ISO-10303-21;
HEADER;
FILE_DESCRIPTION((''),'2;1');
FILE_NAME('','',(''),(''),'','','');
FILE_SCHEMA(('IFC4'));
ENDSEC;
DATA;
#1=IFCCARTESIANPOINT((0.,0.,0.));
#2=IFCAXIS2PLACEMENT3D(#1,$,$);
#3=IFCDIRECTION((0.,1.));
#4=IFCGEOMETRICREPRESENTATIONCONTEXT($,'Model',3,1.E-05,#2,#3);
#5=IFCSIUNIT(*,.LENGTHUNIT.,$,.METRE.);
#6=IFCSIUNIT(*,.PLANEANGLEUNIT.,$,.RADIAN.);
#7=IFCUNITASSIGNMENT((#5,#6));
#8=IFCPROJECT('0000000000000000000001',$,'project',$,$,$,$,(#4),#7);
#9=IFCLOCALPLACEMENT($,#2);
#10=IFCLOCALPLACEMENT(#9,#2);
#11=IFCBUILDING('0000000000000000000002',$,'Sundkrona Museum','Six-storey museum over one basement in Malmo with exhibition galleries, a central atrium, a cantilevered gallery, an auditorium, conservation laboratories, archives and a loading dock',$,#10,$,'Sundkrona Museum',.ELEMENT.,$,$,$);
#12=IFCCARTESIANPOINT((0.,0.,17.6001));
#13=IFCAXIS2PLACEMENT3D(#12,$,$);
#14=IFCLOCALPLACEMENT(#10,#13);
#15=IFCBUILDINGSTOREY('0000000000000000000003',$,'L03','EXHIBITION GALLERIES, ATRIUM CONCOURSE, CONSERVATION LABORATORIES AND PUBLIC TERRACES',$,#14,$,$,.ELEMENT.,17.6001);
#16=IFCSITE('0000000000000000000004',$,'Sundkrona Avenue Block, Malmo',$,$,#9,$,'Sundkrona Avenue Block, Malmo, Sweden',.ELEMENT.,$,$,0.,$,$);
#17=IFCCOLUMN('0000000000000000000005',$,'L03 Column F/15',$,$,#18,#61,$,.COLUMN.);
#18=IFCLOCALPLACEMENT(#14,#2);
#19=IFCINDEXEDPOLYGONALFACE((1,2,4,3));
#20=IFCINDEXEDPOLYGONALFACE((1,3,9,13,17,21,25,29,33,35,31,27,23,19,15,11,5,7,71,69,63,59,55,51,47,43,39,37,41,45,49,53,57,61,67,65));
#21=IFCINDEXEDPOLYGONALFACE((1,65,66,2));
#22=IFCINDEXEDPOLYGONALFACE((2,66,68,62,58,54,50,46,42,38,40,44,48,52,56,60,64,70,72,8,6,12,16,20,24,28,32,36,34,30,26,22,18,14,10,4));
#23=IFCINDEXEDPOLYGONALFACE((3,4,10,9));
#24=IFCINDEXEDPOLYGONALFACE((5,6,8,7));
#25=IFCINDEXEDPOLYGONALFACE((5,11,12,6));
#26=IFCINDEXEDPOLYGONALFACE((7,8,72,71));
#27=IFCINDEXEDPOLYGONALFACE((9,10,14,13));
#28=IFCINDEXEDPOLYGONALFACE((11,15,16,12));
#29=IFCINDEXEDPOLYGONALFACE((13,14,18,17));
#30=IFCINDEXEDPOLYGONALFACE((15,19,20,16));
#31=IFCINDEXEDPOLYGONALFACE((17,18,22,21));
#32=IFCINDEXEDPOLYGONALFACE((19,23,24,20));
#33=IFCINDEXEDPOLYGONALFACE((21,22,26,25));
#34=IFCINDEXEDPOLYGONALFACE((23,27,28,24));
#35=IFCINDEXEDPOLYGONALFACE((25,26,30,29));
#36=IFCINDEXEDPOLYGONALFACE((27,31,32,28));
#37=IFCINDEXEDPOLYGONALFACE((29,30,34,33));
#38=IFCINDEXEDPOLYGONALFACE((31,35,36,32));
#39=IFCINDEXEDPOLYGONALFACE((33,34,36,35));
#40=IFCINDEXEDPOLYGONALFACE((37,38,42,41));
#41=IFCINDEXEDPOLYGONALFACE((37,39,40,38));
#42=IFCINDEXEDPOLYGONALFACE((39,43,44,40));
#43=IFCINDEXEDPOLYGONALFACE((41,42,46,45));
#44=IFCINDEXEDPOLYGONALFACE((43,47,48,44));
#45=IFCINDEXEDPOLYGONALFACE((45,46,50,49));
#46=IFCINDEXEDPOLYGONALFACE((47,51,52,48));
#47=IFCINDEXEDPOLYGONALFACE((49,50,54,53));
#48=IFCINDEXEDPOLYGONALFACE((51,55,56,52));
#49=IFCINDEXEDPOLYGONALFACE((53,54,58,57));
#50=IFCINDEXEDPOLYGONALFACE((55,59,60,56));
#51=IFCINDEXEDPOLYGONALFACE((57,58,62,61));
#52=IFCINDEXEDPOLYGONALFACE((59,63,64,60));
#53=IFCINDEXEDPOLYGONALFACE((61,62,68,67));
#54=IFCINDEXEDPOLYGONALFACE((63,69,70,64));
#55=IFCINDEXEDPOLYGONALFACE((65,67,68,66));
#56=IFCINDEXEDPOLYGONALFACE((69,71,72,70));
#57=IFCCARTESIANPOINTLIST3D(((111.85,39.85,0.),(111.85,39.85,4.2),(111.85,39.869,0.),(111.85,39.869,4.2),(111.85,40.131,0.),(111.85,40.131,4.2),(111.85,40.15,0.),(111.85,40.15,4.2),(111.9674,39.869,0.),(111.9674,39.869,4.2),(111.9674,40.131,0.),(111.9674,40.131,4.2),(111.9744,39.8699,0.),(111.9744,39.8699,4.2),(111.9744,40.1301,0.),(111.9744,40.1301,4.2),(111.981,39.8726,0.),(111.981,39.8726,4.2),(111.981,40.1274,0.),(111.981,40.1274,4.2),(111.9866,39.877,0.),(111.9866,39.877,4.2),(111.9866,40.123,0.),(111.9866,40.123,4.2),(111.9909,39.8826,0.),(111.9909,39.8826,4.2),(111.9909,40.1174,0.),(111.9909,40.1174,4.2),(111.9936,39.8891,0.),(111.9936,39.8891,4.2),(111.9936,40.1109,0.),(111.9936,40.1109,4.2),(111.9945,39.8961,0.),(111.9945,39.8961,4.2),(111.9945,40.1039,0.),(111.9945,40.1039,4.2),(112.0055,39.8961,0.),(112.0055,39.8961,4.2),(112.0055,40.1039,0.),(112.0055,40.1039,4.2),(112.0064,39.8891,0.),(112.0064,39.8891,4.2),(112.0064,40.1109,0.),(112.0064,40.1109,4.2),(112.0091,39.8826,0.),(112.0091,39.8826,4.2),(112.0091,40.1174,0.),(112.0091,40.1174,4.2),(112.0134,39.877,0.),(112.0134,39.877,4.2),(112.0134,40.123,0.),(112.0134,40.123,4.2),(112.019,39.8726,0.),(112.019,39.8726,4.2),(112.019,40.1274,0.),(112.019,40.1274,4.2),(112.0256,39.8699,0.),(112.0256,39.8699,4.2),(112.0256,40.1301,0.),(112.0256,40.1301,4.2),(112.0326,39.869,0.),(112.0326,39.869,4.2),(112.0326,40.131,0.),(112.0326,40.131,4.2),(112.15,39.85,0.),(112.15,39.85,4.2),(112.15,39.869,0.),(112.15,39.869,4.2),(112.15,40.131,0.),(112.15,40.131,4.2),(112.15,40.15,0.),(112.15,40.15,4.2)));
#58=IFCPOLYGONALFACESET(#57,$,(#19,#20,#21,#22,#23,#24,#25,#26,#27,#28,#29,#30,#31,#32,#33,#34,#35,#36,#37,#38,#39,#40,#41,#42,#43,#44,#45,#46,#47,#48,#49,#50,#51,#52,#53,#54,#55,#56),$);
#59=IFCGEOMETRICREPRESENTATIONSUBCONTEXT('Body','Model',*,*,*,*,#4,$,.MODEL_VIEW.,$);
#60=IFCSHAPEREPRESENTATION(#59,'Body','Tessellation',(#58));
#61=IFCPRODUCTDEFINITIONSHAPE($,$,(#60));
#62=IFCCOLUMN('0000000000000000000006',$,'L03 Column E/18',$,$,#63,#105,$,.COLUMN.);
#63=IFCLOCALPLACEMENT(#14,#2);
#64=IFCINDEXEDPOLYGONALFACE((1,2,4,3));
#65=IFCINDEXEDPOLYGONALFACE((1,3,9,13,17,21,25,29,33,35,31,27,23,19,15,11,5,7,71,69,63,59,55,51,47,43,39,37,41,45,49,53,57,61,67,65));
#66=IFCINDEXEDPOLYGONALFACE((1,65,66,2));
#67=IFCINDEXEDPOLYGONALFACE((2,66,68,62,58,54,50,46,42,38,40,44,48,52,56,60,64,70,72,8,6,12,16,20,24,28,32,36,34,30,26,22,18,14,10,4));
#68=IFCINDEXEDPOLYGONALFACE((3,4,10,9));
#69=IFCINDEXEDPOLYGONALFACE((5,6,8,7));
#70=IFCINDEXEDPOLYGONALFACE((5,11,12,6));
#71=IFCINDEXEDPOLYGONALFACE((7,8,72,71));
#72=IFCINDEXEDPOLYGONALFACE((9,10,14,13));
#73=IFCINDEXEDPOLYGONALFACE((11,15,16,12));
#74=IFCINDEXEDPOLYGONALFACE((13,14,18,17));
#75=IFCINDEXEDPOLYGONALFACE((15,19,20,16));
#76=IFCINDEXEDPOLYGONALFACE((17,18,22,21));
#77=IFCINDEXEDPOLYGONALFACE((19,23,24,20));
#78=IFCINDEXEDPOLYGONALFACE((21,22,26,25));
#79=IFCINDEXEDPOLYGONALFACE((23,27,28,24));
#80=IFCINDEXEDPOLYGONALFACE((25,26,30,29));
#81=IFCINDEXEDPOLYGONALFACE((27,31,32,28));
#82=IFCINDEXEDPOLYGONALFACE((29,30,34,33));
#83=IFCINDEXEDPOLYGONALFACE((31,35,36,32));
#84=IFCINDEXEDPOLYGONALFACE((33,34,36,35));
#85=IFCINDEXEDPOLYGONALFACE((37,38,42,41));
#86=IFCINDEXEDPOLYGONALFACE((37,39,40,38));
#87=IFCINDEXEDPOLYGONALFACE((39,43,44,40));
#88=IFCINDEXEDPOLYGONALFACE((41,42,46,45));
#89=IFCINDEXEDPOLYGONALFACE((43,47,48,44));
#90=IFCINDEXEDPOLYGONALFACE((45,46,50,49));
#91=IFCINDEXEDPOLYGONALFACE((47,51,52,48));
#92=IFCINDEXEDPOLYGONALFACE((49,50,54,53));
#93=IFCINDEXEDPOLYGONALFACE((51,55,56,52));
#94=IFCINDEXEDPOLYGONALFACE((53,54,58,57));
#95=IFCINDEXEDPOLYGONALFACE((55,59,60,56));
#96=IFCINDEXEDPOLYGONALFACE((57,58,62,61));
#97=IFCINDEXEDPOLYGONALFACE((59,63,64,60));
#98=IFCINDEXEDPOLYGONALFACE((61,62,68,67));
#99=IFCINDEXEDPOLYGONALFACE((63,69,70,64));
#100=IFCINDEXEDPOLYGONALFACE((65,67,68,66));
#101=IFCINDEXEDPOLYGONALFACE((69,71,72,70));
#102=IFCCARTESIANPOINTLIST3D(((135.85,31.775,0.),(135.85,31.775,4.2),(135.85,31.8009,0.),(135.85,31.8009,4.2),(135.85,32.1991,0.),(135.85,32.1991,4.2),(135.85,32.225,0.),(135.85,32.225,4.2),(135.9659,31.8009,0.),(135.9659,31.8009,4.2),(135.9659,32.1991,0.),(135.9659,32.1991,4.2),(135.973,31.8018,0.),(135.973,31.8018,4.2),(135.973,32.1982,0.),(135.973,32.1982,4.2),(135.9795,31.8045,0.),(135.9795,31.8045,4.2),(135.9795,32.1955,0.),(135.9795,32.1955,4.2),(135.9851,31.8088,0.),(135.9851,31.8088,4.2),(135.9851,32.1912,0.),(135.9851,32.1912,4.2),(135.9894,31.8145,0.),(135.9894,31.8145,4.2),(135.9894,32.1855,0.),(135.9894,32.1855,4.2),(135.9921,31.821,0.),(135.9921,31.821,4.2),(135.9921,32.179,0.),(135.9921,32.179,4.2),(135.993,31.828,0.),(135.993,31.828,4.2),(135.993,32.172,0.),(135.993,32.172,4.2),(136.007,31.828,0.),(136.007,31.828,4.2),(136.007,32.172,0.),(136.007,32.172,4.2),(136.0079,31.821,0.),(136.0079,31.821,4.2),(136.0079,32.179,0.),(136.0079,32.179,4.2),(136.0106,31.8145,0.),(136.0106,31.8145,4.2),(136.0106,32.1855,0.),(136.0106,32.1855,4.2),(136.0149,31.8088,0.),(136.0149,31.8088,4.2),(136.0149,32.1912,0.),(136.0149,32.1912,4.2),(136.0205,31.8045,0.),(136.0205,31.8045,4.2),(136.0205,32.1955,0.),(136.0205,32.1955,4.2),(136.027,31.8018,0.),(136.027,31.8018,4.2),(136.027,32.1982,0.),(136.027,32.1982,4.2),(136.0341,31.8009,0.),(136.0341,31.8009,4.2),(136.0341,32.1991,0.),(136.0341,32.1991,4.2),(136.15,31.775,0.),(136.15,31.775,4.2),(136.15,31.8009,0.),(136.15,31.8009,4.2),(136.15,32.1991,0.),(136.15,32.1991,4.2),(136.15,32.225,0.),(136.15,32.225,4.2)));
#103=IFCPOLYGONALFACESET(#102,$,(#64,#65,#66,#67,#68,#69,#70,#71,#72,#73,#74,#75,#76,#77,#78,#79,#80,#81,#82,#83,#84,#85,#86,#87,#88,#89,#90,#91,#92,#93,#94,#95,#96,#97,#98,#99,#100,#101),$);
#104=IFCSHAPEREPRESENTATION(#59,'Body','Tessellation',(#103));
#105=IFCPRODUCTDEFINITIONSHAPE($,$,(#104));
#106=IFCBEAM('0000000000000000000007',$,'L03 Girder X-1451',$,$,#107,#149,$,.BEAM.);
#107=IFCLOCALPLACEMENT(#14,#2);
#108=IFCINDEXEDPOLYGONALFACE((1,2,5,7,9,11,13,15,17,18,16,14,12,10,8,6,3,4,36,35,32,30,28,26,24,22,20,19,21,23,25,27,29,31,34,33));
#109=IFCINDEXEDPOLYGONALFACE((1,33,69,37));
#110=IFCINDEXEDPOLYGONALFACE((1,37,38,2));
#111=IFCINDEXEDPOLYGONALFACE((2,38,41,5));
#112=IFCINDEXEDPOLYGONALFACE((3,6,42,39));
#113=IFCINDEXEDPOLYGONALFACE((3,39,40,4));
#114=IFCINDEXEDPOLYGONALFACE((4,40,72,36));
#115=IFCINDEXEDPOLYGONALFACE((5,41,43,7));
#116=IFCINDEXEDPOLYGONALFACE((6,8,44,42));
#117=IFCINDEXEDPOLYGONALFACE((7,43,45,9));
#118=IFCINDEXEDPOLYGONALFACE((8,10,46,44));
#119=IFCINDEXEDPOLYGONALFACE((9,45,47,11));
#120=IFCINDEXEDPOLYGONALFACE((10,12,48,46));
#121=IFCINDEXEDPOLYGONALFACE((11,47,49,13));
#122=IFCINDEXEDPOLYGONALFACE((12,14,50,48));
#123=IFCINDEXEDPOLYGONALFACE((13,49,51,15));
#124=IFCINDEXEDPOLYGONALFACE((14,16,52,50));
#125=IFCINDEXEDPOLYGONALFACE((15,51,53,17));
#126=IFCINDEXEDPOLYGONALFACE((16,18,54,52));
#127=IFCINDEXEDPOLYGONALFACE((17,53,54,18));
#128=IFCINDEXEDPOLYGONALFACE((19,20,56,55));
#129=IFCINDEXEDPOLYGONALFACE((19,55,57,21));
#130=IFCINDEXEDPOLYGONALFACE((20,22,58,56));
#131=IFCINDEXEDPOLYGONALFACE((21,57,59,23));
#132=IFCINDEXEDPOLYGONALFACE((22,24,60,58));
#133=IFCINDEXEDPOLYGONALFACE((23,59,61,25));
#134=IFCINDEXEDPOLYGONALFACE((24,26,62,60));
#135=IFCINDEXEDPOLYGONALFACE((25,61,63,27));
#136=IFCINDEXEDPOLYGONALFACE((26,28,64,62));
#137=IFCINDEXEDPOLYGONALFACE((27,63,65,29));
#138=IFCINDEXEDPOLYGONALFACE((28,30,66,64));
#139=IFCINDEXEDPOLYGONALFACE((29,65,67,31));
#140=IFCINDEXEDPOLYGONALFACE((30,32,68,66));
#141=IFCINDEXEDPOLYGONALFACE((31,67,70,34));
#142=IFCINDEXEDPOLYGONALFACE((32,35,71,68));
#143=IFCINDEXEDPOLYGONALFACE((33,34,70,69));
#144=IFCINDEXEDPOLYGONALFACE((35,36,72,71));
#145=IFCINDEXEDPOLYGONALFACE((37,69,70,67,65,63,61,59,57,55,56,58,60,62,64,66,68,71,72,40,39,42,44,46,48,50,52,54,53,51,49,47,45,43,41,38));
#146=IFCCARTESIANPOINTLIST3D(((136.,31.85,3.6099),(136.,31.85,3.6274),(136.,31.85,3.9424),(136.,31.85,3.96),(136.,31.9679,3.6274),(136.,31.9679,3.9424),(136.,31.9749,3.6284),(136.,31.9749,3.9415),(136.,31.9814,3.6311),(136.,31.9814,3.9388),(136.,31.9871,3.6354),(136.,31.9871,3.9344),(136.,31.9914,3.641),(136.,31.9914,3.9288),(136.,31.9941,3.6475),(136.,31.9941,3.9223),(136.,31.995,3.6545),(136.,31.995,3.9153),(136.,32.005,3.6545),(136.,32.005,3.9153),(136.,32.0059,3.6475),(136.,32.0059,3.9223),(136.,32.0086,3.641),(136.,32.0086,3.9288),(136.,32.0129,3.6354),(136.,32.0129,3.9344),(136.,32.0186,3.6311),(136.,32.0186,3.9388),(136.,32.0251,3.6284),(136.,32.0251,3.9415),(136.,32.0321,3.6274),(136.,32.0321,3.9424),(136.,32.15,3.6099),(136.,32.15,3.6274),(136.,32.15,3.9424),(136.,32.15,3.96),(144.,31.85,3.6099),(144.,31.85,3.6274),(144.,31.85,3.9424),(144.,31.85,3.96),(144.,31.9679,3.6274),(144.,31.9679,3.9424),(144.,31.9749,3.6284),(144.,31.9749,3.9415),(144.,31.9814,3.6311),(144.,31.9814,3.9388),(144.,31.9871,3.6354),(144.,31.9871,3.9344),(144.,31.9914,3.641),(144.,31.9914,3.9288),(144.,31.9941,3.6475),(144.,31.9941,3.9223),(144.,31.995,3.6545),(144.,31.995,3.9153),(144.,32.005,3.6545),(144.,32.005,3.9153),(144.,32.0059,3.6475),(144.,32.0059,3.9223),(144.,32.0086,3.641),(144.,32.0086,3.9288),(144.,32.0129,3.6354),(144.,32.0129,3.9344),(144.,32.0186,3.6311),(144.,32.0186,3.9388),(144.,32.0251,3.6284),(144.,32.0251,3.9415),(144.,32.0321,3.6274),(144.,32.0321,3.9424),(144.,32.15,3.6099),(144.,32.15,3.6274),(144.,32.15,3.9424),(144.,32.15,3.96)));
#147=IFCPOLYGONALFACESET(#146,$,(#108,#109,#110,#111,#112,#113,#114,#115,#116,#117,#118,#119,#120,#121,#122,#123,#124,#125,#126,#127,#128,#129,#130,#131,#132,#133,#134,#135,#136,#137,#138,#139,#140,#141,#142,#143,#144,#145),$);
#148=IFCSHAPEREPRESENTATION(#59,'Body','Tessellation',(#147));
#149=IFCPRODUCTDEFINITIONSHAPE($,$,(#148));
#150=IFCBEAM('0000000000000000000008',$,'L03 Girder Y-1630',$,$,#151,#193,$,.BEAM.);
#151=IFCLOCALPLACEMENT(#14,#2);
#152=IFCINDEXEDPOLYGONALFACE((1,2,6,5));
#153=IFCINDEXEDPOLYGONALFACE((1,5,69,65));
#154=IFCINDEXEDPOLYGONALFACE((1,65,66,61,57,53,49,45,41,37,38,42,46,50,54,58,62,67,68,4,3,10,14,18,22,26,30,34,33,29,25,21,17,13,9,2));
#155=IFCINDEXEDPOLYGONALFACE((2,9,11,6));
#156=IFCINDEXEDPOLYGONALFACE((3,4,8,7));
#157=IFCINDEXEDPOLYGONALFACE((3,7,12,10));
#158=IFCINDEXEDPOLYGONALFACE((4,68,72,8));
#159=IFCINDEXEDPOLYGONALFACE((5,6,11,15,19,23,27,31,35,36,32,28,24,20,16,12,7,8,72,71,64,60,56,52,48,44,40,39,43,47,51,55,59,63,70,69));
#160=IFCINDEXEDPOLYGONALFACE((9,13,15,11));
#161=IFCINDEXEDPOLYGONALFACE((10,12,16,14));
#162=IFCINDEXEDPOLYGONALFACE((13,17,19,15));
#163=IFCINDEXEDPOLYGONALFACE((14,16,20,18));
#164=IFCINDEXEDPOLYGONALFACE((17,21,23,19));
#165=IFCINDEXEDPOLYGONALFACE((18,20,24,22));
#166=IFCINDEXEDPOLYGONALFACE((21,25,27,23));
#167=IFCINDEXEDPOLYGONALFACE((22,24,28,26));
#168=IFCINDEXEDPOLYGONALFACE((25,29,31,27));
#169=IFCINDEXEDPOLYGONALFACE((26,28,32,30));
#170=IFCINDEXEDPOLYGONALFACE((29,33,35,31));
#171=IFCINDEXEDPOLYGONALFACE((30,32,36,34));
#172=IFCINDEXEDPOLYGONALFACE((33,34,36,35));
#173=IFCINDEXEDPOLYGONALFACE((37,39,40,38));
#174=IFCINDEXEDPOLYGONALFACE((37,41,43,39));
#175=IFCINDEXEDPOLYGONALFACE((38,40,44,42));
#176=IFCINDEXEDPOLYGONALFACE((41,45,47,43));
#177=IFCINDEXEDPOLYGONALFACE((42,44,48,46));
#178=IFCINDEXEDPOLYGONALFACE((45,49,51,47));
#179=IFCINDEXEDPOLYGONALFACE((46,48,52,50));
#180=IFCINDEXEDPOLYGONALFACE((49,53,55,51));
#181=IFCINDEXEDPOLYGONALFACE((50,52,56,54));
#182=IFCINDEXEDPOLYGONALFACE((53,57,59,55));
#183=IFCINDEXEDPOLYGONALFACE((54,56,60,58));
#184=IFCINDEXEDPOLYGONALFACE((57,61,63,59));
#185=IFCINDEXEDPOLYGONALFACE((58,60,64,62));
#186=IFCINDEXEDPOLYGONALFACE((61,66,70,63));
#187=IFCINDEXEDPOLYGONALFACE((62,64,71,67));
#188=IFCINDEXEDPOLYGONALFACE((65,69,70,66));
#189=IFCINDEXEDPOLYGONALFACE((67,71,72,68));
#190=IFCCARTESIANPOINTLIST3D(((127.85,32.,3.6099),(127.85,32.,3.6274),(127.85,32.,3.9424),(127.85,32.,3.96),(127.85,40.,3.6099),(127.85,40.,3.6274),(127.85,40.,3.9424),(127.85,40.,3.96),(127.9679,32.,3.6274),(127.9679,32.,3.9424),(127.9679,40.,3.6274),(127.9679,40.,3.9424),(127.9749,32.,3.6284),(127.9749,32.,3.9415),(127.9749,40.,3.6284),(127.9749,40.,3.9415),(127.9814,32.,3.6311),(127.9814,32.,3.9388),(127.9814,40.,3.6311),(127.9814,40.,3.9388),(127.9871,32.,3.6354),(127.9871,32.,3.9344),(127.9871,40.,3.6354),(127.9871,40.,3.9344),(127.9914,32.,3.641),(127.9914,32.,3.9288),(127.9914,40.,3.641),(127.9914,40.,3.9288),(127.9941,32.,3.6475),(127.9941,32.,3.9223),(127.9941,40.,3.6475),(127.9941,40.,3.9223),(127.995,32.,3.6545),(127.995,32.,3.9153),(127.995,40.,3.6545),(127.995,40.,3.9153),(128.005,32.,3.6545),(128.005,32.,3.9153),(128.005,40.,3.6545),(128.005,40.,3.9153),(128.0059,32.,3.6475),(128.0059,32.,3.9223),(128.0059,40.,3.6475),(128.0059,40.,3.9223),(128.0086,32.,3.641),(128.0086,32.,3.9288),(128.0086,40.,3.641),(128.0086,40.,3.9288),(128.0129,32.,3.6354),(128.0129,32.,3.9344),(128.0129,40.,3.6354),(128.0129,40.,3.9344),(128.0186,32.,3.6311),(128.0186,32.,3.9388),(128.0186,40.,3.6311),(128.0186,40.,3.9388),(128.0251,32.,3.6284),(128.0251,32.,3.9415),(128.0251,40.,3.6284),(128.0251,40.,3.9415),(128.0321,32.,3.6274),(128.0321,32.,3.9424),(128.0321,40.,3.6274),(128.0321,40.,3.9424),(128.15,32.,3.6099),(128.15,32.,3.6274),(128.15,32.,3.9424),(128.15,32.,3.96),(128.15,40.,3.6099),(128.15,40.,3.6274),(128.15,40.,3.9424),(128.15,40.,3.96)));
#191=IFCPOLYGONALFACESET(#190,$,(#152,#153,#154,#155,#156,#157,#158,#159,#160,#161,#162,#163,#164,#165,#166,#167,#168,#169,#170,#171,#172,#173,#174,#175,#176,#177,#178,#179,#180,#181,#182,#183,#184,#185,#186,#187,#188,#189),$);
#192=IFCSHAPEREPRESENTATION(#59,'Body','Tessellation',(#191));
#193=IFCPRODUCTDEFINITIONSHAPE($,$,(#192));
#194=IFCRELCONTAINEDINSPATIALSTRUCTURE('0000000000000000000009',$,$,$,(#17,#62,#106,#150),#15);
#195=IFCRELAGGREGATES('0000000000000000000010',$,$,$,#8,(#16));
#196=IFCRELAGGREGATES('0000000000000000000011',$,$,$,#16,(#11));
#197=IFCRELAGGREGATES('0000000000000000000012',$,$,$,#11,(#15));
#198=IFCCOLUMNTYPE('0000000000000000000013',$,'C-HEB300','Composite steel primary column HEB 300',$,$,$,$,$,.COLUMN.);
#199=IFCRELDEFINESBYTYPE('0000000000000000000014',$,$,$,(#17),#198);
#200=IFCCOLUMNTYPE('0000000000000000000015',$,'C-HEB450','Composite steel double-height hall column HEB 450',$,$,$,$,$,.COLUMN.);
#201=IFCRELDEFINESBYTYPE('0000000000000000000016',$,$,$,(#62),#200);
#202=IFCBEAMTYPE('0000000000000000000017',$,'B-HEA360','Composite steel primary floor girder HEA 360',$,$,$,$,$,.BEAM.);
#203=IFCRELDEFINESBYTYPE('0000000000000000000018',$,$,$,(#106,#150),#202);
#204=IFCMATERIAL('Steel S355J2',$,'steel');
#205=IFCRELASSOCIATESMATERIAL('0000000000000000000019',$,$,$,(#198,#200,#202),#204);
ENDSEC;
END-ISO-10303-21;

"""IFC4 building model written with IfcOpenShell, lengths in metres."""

from ifc_helpers import new_model, si_unit, direction, frame, origin, origin_2d, place, context, subcontext, project, spatial, i_section, extrude, material, material_profile, profile_set, type_object, element, save


model = new_model("IFC4")

# Units and contexts
model_context = context("Model", 3, precision=1e-05, world=origin(), true_north=direction((0.0, 1.0)))
body_context = subcontext(model_context, "Body", "Model", "MODEL_VIEW")
ifc_project = project(units=[si_unit("LENGTHUNIT", "METRE"), si_unit("PLANEANGLEUNIT", "RADIAN")], contexts=[model_context])

# Site, building, storey
site_placement = place(None, origin())
site = spatial("IfcSite", under=ifc_project, at=site_placement, Name="Sundkrona Avenue Block, Malmo", LongName="Sundkrona Avenue Block, Malmo, Sweden", CompositionType="ELEMENT", RefElevation=0.0)
building_placement = place(site_placement, origin())
building = spatial("IfcBuilding", under=site, at=building_placement, Name="Sundkrona Museum", Description="Six-storey museum over one basement in Malmo with exhibition galleries, a central atrium, a cantilevered gallery, an auditorium, conservation laboratories, archives and a loading dock", LongName="Sundkrona Museum", CompositionType="ELEMENT")
storey_placement = place(building_placement, frame((0.0, 0.0, 17.6001)))
storey = spatial("IfcBuildingStorey", under=building, at=storey_placement, Name="L03", Description="EXHIBITION GALLERIES, ATRIUM CONCOURSE, CONSERVATION LABORATORIES AND PUBLIC TERRACES", CompositionType="ELEMENT", Elevation=17.6001)

# Columns
ifc_material_1 = material(Name="Steel S355J2", Category="steel")
ifc_material_profile_1 = material_profile(ifc_material_1, i_section(OverallWidth=0.3, OverallDepth=0.3, WebThickness=0.011, FlangeThickness=0.019, FilletRadius=0.0271, at=origin_2d()), Name="HEB 300")
ifc_profile_set_1 = profile_set([ifc_material_profile_1], Name="Steel S355J2")
column_type_1 = type_object("IfcColumnType", Name="C-HEB300", Description="Composite steel primary column HEB 300", PredefinedType="COLUMN", material=ifc_profile_set_1)
column_1_placement = place(storey_placement, frame((112.0, 40.0, 0.0), z_axis=(0.0, 0.0, 1.0), x_axis=(1.0, 0.0, 0.0)))
element("IfcColumn", 1, at=column_1_placement, inside=storey, type_object=column_type_1, Name="L03 Column F/15", PredefinedType="COLUMN", context=body_context, shape_type="SweptSolid", body=[
    extrude(i_section(OverallWidth=0.3, OverallDepth=0.3, WebThickness=0.011, FlangeThickness=0.019, FilletRadius=0.0271, at=origin_2d()), origin(), (0.0, 0.0, 1.0), 4.2),
])
ifc_material_profile_2 = material_profile(ifc_material_1, i_section(OverallWidth=0.3, OverallDepth=0.45, WebThickness=0.0139, FlangeThickness=0.0259, FilletRadius=0.0271, at=origin_2d()), Name="HEB 450")
ifc_profile_set_2 = profile_set([ifc_material_profile_2], Name="Steel S355J2")
column_type_2 = type_object("IfcColumnType", Name="C-HEB450", Description="Composite steel double-height hall column HEB 450", PredefinedType="COLUMN", material=ifc_profile_set_2)
column_2_placement = place(storey_placement, frame((136.0, 32.0, 0.0), z_axis=(0.0, 0.0, 1.0), x_axis=(1.0, 0.0, 0.0)))
element("IfcColumn", 2, at=column_2_placement, inside=storey, type_object=column_type_2, Name="L03 Column E/18", PredefinedType="COLUMN", context=body_context, shape_type="SweptSolid", body=[
    extrude(i_section(OverallWidth=0.3, OverallDepth=0.45, WebThickness=0.0139, FlangeThickness=0.0259, FilletRadius=0.0271, at=origin_2d()), origin(), (0.0, 0.0, 1.0), 4.2),
])

# Beams
ifc_material_profile_3 = material_profile(ifc_material_1, i_section(OverallWidth=0.3, OverallDepth=0.3501, WebThickness=0.01, FlangeThickness=0.0176, FilletRadius=0.0271, at=origin_2d()), Name="HEA 360")
ifc_profile_set_3 = profile_set([ifc_material_profile_3], Name="Steel S355J2")
beam_type_1 = type_object("IfcBeamType", Name="B-HEA360", Description="Composite steel primary floor girder HEA 360", PredefinedType="BEAM", material=ifc_profile_set_3)
for number, where, z_axis, x_axis, name in (
    (3, (136.0, 32.0, 3.7849), (1.0, 0.0, 0.0), (0.0, 1.0, 0.0), "L03 Girder X-1451"),
    (4, (128.0, 32.0, 3.7849), (0.0, 1.0, 0.0), (-1.0, 0.0, 0.0), "L03 Girder Y-1630"),
):
    element("IfcBeam", number, at=place(storey_placement, frame(where, z_axis=z_axis, x_axis=x_axis)), inside=storey, type_object=beam_type_1, Name=name, PredefinedType="BEAM", context=body_context, shape_type="SweptSolid", body=[
        extrude(i_section(OverallWidth=0.3, OverallDepth=0.3501, WebThickness=0.01, FlangeThickness=0.0176, FilletRadius=0.0271, at=origin_2d()), origin(), (0.0, 0.0, 1.0), 8.0),
    ])

save(model, "model.ifc")
